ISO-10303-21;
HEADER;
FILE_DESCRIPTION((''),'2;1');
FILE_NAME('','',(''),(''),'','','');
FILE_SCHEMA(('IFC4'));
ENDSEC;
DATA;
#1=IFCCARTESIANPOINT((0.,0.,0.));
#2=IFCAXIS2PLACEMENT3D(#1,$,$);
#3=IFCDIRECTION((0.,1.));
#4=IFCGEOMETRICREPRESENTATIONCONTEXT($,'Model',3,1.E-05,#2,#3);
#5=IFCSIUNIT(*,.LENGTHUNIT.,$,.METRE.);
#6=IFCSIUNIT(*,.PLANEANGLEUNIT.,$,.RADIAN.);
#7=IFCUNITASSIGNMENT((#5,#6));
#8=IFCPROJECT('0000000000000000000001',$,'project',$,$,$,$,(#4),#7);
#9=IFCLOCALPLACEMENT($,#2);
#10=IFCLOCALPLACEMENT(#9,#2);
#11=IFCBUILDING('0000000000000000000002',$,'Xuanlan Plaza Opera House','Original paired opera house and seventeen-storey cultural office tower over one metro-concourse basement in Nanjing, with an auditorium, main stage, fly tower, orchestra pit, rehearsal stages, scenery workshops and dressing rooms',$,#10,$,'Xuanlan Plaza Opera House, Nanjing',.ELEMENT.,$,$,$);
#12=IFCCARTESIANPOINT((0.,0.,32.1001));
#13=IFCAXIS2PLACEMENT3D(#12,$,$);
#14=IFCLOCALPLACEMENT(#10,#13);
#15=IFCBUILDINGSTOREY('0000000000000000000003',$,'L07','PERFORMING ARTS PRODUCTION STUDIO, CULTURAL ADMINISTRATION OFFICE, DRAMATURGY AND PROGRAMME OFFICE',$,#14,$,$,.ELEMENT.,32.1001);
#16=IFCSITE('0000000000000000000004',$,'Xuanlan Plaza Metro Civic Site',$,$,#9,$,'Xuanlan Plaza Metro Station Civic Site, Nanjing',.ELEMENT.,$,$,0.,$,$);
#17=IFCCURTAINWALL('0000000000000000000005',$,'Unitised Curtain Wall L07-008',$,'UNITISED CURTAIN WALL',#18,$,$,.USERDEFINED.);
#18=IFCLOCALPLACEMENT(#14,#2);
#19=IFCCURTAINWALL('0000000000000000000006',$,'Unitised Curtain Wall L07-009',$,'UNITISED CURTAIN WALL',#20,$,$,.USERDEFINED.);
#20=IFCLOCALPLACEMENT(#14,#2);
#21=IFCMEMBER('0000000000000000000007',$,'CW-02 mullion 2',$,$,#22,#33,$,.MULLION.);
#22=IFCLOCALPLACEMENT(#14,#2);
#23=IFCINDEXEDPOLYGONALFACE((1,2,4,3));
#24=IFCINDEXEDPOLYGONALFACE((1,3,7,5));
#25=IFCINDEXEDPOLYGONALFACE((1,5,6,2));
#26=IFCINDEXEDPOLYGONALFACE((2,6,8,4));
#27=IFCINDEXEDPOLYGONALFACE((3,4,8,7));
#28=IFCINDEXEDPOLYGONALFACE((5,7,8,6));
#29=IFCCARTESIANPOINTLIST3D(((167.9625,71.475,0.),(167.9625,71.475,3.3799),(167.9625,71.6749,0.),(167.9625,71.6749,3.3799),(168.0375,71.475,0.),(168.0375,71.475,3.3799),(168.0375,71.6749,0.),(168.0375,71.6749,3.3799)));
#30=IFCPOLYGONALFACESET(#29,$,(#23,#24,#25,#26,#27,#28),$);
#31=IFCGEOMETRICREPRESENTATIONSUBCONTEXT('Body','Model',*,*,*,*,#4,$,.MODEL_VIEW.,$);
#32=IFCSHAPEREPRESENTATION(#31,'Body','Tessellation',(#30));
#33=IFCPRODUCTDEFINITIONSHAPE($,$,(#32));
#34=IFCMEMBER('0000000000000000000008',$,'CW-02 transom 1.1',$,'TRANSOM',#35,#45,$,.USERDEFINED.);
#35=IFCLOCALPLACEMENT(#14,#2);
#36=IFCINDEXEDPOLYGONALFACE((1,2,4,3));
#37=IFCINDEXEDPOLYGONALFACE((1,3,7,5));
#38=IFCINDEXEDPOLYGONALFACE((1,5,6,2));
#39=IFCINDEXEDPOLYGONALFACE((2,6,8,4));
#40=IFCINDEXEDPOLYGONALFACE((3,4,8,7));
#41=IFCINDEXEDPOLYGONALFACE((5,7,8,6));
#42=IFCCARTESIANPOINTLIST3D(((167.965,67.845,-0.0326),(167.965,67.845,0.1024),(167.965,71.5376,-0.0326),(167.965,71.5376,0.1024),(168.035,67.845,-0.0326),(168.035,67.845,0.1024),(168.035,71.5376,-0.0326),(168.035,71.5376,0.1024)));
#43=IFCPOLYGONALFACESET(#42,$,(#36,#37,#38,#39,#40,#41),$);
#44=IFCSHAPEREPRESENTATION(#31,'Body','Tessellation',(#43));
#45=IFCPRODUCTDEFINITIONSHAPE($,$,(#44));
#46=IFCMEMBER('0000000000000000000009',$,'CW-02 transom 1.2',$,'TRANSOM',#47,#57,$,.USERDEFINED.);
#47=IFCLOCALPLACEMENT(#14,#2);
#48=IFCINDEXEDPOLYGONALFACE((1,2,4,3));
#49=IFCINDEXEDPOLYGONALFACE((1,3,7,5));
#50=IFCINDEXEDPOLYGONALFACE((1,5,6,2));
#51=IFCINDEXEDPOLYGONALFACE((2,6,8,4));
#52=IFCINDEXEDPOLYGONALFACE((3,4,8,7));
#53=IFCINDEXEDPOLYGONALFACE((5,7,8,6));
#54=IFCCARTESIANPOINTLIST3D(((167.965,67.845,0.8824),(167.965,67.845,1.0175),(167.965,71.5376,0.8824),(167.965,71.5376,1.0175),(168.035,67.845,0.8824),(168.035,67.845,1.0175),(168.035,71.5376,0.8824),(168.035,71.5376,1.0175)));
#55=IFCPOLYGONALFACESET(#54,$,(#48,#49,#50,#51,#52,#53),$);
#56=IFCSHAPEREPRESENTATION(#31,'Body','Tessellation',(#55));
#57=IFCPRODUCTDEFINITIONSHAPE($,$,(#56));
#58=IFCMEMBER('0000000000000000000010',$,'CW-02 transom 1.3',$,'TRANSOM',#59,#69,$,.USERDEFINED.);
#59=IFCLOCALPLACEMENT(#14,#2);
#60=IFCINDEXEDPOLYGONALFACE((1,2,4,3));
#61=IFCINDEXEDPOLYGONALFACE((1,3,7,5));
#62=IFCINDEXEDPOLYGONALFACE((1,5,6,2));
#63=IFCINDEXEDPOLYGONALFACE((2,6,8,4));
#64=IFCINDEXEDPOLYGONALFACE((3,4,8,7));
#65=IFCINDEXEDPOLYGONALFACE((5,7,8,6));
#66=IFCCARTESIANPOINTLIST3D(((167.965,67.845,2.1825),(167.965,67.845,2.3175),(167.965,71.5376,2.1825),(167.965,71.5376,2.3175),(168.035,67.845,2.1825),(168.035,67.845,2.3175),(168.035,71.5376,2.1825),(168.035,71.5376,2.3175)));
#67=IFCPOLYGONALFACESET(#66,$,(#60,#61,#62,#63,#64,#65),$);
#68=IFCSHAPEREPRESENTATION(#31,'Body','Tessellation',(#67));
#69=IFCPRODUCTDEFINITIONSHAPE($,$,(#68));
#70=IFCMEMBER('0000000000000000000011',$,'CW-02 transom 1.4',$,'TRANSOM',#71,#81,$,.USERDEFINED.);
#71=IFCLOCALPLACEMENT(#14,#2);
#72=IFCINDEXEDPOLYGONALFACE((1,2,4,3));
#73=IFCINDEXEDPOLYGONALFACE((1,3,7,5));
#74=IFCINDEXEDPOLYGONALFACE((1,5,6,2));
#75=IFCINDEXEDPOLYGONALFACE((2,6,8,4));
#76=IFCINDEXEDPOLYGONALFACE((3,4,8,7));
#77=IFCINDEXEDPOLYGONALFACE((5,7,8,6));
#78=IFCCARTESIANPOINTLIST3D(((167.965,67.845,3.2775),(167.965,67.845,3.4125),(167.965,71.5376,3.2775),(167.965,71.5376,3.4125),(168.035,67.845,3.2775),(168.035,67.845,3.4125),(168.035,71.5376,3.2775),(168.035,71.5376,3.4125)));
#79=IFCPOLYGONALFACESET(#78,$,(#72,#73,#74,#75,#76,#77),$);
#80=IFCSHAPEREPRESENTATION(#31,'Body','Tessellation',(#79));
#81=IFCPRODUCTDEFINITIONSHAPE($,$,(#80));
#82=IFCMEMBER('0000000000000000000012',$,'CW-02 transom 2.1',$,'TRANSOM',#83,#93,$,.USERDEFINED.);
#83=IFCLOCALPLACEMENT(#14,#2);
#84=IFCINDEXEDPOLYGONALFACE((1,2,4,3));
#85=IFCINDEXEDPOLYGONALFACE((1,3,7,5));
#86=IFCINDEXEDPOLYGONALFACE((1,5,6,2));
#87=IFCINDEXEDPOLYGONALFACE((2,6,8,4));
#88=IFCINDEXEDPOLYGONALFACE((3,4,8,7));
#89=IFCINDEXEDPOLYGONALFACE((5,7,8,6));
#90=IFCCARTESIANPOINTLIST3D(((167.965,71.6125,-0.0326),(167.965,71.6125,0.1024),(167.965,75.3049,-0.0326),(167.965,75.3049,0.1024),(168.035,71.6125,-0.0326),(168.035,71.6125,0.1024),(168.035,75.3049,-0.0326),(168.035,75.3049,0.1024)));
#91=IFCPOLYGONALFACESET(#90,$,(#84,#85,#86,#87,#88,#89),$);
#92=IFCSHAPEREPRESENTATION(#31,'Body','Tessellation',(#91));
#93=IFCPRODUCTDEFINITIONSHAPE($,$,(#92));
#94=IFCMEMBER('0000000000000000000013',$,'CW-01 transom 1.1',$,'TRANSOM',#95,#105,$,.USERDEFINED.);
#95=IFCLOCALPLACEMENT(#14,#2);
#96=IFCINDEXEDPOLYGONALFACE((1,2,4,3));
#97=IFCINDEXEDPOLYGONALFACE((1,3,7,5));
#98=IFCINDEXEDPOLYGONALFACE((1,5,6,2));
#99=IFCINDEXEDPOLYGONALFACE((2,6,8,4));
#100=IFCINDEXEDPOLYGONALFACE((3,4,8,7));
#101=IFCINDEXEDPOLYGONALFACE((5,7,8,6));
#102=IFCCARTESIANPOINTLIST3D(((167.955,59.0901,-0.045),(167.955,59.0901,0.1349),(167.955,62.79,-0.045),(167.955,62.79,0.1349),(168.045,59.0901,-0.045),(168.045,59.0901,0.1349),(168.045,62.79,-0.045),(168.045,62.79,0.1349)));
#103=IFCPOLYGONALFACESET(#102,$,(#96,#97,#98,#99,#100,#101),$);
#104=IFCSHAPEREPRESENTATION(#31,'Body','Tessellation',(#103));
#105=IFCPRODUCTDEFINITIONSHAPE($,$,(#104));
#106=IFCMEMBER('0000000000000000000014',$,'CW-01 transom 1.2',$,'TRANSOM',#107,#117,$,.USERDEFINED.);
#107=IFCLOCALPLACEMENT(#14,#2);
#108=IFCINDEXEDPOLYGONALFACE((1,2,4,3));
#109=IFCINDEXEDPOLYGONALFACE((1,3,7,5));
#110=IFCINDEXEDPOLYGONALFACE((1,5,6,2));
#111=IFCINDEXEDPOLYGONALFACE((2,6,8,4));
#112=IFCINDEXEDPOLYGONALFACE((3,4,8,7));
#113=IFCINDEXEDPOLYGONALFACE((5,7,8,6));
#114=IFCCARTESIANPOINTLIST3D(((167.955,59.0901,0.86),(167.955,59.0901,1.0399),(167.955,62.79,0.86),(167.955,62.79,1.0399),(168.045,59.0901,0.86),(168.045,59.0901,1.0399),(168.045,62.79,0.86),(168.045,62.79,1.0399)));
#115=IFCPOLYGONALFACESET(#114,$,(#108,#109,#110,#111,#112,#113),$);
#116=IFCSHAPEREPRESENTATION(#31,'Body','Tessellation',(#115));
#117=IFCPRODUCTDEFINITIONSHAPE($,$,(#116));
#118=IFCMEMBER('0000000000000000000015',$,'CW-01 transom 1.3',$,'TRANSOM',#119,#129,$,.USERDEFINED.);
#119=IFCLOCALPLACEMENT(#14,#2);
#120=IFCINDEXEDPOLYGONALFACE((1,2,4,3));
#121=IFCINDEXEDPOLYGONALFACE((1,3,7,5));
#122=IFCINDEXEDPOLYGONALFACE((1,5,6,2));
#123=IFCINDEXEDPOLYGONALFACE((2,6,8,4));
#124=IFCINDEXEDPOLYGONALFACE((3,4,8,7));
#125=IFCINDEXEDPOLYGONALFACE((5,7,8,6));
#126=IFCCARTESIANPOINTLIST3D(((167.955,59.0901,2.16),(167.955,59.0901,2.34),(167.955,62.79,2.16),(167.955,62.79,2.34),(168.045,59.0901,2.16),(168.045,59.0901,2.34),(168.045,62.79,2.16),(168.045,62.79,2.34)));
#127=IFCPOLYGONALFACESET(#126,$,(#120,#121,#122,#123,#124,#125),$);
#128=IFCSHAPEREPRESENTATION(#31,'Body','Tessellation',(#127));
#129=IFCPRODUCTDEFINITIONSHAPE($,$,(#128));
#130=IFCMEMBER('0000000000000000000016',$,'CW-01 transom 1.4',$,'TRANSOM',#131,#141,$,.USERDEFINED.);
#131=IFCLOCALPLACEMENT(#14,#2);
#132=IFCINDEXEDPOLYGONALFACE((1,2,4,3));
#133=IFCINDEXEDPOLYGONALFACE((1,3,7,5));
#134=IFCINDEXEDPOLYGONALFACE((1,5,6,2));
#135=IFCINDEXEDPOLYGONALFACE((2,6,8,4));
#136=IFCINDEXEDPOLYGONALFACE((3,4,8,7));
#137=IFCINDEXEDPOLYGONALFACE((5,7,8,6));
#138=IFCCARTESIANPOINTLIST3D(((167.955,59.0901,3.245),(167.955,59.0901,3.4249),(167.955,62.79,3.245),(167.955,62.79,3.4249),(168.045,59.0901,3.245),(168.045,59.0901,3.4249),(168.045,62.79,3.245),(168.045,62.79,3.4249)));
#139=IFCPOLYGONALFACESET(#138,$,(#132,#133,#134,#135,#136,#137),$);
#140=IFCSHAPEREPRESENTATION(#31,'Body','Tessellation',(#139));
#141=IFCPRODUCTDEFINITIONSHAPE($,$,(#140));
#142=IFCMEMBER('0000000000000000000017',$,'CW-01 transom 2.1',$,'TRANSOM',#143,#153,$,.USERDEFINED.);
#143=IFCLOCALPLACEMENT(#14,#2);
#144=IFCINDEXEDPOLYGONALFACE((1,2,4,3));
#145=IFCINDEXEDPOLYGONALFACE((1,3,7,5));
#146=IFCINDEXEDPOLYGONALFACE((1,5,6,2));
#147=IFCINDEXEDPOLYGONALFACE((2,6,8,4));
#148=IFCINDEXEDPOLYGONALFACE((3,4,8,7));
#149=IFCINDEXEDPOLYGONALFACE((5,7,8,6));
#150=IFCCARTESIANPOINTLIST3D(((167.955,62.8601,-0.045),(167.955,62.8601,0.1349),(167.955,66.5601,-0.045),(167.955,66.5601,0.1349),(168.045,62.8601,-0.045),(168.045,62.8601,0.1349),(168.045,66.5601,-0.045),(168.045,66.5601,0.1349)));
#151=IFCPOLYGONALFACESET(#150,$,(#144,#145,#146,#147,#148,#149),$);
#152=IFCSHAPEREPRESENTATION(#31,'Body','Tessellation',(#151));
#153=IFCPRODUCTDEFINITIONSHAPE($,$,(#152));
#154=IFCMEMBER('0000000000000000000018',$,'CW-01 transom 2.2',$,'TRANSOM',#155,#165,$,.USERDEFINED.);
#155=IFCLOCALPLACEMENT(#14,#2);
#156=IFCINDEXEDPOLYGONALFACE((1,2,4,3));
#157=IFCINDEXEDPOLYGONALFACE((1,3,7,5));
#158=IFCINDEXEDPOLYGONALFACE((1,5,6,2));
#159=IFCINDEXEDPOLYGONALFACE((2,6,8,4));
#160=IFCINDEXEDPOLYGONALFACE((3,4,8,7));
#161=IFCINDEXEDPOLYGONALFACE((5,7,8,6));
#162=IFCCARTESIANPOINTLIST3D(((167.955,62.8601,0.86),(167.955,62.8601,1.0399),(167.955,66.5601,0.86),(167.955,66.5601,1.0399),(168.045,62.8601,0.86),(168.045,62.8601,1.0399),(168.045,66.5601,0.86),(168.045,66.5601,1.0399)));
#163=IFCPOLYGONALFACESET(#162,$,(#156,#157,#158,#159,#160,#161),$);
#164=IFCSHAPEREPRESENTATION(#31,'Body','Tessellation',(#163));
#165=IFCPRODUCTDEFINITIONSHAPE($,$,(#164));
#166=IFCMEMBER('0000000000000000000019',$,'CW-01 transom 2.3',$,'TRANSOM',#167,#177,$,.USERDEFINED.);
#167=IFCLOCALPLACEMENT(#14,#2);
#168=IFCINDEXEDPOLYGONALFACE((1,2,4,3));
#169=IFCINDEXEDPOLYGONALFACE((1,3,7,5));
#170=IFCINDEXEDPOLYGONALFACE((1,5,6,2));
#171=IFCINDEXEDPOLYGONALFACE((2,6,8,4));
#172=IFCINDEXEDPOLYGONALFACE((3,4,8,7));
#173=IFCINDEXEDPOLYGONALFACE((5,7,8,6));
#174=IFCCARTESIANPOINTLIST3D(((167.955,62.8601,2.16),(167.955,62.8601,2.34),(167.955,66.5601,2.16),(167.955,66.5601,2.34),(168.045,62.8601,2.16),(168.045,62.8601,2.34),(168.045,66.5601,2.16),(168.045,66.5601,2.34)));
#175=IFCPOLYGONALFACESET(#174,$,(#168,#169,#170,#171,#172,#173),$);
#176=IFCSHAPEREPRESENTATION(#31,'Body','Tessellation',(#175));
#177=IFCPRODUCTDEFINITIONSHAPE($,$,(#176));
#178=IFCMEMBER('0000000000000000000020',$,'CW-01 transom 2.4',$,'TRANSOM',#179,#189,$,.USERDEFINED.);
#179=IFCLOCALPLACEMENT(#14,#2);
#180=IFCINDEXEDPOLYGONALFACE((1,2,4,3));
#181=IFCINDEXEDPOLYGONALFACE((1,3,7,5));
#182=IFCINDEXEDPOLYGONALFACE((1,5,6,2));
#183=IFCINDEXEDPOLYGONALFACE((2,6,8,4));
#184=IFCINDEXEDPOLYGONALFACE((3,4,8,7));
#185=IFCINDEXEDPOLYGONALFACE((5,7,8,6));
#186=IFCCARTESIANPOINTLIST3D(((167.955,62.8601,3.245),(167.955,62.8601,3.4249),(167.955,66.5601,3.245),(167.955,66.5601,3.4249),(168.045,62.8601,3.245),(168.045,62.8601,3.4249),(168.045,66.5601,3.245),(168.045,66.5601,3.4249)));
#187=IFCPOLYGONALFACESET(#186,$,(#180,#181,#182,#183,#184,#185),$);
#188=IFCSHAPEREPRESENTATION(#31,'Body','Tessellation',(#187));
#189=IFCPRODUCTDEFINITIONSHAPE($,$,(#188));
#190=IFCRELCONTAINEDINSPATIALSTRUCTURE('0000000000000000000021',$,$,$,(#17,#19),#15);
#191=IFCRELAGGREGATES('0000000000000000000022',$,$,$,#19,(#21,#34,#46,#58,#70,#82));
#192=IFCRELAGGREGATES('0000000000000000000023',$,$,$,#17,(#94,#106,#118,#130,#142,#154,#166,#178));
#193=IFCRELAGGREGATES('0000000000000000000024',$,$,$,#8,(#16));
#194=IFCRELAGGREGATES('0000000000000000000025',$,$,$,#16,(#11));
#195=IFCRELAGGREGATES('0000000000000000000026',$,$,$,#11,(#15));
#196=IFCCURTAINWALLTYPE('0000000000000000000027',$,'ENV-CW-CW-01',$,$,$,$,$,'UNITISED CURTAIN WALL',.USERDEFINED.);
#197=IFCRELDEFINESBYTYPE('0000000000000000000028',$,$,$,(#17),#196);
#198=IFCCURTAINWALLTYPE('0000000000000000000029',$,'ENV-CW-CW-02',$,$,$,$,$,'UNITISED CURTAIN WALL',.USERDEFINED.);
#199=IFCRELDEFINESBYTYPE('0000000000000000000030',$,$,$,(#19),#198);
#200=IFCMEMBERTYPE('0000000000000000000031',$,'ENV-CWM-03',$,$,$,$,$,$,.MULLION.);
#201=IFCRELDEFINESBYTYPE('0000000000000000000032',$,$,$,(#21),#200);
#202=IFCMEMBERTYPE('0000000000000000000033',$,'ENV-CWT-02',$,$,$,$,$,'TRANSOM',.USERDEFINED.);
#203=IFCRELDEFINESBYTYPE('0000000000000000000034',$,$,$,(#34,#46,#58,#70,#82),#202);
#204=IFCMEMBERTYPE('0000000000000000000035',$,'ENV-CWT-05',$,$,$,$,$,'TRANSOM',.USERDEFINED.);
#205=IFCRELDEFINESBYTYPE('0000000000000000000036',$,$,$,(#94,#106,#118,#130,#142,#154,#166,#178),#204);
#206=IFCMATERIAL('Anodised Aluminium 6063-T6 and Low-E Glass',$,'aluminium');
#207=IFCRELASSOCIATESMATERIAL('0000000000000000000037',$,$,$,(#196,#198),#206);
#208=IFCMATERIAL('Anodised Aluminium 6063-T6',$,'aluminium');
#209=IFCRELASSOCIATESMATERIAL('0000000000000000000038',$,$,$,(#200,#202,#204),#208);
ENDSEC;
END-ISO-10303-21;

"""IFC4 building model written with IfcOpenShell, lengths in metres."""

from ifc_helpers import new_model, si_unit, direction, frame, origin, origin_2d, place, context, subcontext, project, spatial, rectangle, extrude, material, material_profile, profile_set, type_object, element, aggregate, save


model = new_model("IFC4")

# Units and contexts
model_context = context("Model", 3, precision=1e-05, world=origin(), true_north=direction((0.0, 1.0)))
body_context = subcontext(model_context, "Body", "Model", "MODEL_VIEW")
ifc_project = project(units=[si_unit("LENGTHUNIT", "METRE"), si_unit("PLANEANGLEUNIT", "RADIAN")], contexts=[model_context])

# Site, building, storey
site_placement = place(None, origin())
site = spatial("IfcSite", under=ifc_project, at=site_placement, Name="Xuanlan Plaza Metro Civic Site", LongName="Xuanlan Plaza Metro Station Civic Site, Nanjing", CompositionType="ELEMENT", RefElevation=0.0)
building_placement = place(site_placement, origin())
building = spatial("IfcBuilding", under=site, at=building_placement, Name="Xuanlan Plaza Opera House", Description="Original paired opera house and seventeen-storey cultural office tower over one metro-concourse basement in Nanjing, with an auditorium, main stage, fly tower, orchestra pit, rehearsal stages, scenery workshops and dressing rooms", LongName="Xuanlan Plaza Opera House, Nanjing", CompositionType="ELEMENT")
storey_placement = place(building_placement, frame((0.0, 0.0, 32.1001)))
storey = spatial("IfcBuildingStorey", under=building, at=storey_placement, Name="L07", Description="PERFORMING ARTS PRODUCTION STUDIO, CULTURAL ADMINISTRATION OFFICE, DRAMATURGY AND PROGRAMME OFFICE", CompositionType="ELEMENT", Elevation=32.1001)

# Shared definitions
ifc_material_1 = material(Name="Anodised Aluminium 6063-T6 and Low-E Glass", Category="aluminium")
ifc_material_2 = material(Name="Anodised Aluminium 6063-T6", Category="aluminium")

# Curtain walls, members
curtain_wall_type_1 = type_object("IfcCurtainWallType", Name="ENV-CW-CW-01", ElementType="UNITISED CURTAIN WALL", PredefinedType="USERDEFINED", material=ifc_material_1)
curtain_wall_1_placement = place(storey_placement, origin())
curtain_wall_1 = element("IfcCurtainWall", 1, at=curtain_wall_1_placement, inside=storey, type_object=curtain_wall_type_1, Name="Unitised Curtain Wall L07-008", ObjectType="UNITISED CURTAIN WALL", PredefinedType="USERDEFINED")
curtain_wall_type_2 = type_object("IfcCurtainWallType", Name="ENV-CW-CW-02", ElementType="UNITISED CURTAIN WALL", PredefinedType="USERDEFINED", material=ifc_material_1)
curtain_wall_2_placement = place(storey_placement, origin())
curtain_wall_2 = element("IfcCurtainWall", 2, at=curtain_wall_2_placement, inside=storey, type_object=curtain_wall_type_2, Name="Unitised Curtain Wall L07-009", ObjectType="UNITISED CURTAIN WALL", PredefinedType="USERDEFINED")
ifc_material_profile_1 = material_profile(ifc_material_2, rectangle(XDim=0.075, YDim=0.2, at=origin_2d()), Name="ALU-M 75x200")
ifc_profile_set_1 = profile_set([ifc_material_profile_1], Name="Anodised Aluminium 6063-T6")
member_type_1 = type_object("IfcMemberType", Name="ENV-CWM-03", PredefinedType="MULLION", material=ifc_profile_set_1)
member_1_placement = place(storey_placement, frame((168.0, 71.575, 0.0), z_axis=(0.0, 0.0, 1.0), x_axis=(-1.0, 0.0, 0.0)))
member_1 = element("IfcMember", 3, at=member_1_placement, type_object=member_type_1, Name="CW-02 mullion 2", PredefinedType="MULLION", context=body_context, shape_type="SweptSolid", body=[
    extrude(rectangle(XDim=0.075, YDim=0.2, at=origin_2d()), origin(), (0.0, 0.0, 1.0), 3.3799),
])
ifc_material_profile_2 = material_profile(ifc_material_2, rectangle(XDim=0.0701, YDim=0.135, at=origin_2d()), Name="ALU-T 70x135")
ifc_profile_set_2 = profile_set([ifc_material_profile_2], Name="Anodised Aluminium 6063-T6")
member_type_2 = type_object("IfcMemberType", Name="ENV-CWT-02", ElementType="TRANSOM", PredefinedType="USERDEFINED", material=ifc_profile_set_2)
member_2_placement = place(storey_placement, frame((168.0, 67.845, 0.0349), z_axis=(0.0, 1.0, 0.0), x_axis=(-1.0, 0.0, 0.0)))
member_2 = element("IfcMember", 4, at=member_2_placement, type_object=member_type_2, Name="CW-02 transom 1.1", ObjectType="TRANSOM", PredefinedType="USERDEFINED", context=body_context, shape_type="SweptSolid", body=[
    extrude(rectangle(XDim=0.0701, YDim=0.135, at=origin_2d()), origin(), (0.0, 0.0, 1.0), 3.6926),
])
member_3_placement = place(storey_placement, frame((168.0, 67.845, 0.95), z_axis=(0.0, 1.0, 0.0), x_axis=(-1.0, 0.0, 0.0)))
member_3 = element("IfcMember", 5, at=member_3_placement, type_object=member_type_2, Name="CW-02 transom 1.2", ObjectType="TRANSOM", PredefinedType="USERDEFINED", context=body_context, shape_type="SweptSolid", body=[
    extrude(rectangle(XDim=0.0701, YDim=0.135, at=origin_2d()), origin(), (0.0, 0.0, 1.0), 3.6926),
])
member_4_placement = place(storey_placement, frame((168.0, 67.845, 2.25), z_axis=(0.0, 1.0, 0.0), x_axis=(-1.0, 0.0, 0.0)))
member_4 = element("IfcMember", 6, at=member_4_placement, type_object=member_type_2, Name="CW-02 transom 1.3", ObjectType="TRANSOM", PredefinedType="USERDEFINED", context=body_context, shape_type="SweptSolid", body=[
    extrude(rectangle(XDim=0.0701, YDim=0.135, at=origin_2d()), origin(), (0.0, 0.0, 1.0), 3.6926),
])
member_5_placement = place(storey_placement, frame((168.0, 67.845, 3.345), z_axis=(0.0, 1.0, 0.0), x_axis=(-1.0, 0.0, 0.0)))
member_5 = element("IfcMember", 7, at=member_5_placement, type_object=member_type_2, Name="CW-02 transom 1.4", ObjectType="TRANSOM", PredefinedType="USERDEFINED", context=body_context, shape_type="SweptSolid", body=[
    extrude(rectangle(XDim=0.0701, YDim=0.135, at=origin_2d()), origin(), (0.0, 0.0, 1.0), 3.6926),
])
member_6_placement = place(storey_placement, frame((168.0, 71.6125, 0.0349), z_axis=(0.0, 1.0, 0.0), x_axis=(-1.0, 0.0, 0.0)))
member_6 = element("IfcMember", 8, at=member_6_placement, type_object=member_type_2, Name="CW-02 transom 2.1", ObjectType="TRANSOM", PredefinedType="USERDEFINED", context=body_context, shape_type="SweptSolid", body=[
    extrude(rectangle(XDim=0.0701, YDim=0.135, at=origin_2d()), origin(), (0.0, 0.0, 1.0), 3.6924),
])

# Members
ifc_material_profile_3 = material_profile(ifc_material_2, rectangle(XDim=0.0901, YDim=0.1799, at=origin_2d()), Name="ALU-T 90x180")
ifc_profile_set_3 = profile_set([ifc_material_profile_3], Name="Anodised Aluminium 6063-T6")
member_type_3 = type_object("IfcMemberType", Name="ENV-CWT-05", ElementType="TRANSOM", PredefinedType="USERDEFINED", material=ifc_profile_set_3)
member_7_placement = place(storey_placement, frame((168.0, 59.0901, 0.0449), z_axis=(0.0, 1.0, 0.0), x_axis=(-1.0, 0.0, 0.0)))
member_7 = element("IfcMember", 9, at=member_7_placement, type_object=member_type_3, Name="CW-01 transom 1.1", ObjectType="TRANSOM", PredefinedType="USERDEFINED", context=body_context, shape_type="SweptSolid", body=[
    extrude(rectangle(XDim=0.0901, YDim=0.1799, at=origin_2d()), origin(), (0.0, 0.0, 1.0), 3.7),
])
member_8_placement = place(storey_placement, frame((168.0, 59.0901, 0.95), z_axis=(0.0, 1.0, 0.0), x_axis=(-1.0, 0.0, 0.0)))
member_8 = element("IfcMember", 10, at=member_8_placement, type_object=member_type_3, Name="CW-01 transom 1.2", ObjectType="TRANSOM", PredefinedType="USERDEFINED", context=body_context, shape_type="SweptSolid", body=[
    extrude(rectangle(XDim=0.0901, YDim=0.1799, at=origin_2d()), origin(), (0.0, 0.0, 1.0), 3.7),
])
member_9_placement = place(storey_placement, frame((168.0, 59.0901, 2.25), z_axis=(0.0, 1.0, 0.0), x_axis=(-1.0, 0.0, 0.0)))
member_9 = element("IfcMember", 11, at=member_9_placement, type_object=member_type_3, Name="CW-01 transom 1.3", ObjectType="TRANSOM", PredefinedType="USERDEFINED", context=body_context, shape_type="SweptSolid", body=[
    extrude(rectangle(XDim=0.0901, YDim=0.1799, at=origin_2d()), origin(), (0.0, 0.0, 1.0), 3.7),
])
member_10_placement = place(storey_placement, frame((168.0, 59.0901, 3.335), z_axis=(0.0, 1.0, 0.0), x_axis=(-1.0, 0.0, 0.0)))
member_10 = element("IfcMember", 12, at=member_10_placement, type_object=member_type_3, Name="CW-01 transom 1.4", ObjectType="TRANSOM", PredefinedType="USERDEFINED", context=body_context, shape_type="SweptSolid", body=[
    extrude(rectangle(XDim=0.0901, YDim=0.1799, at=origin_2d()), origin(), (0.0, 0.0, 1.0), 3.7),
])
member_11_placement = place(storey_placement, frame((168.0, 62.8601, 0.0449), z_axis=(0.0, 1.0, 0.0), x_axis=(-1.0, 0.0, 0.0)))
member_11 = element("IfcMember", 13, at=member_11_placement, type_object=member_type_3, Name="CW-01 transom 2.1", ObjectType="TRANSOM", PredefinedType="USERDEFINED", context=body_context, shape_type="SweptSolid", body=[
    extrude(rectangle(XDim=0.0901, YDim=0.1799, at=origin_2d()), origin(), (0.0, 0.0, 1.0), 3.7),
])
member_12_placement = place(storey_placement, frame((168.0, 62.8601, 0.95), z_axis=(0.0, 1.0, 0.0), x_axis=(-1.0, 0.0, 0.0)))
member_12 = element("IfcMember", 14, at=member_12_placement, type_object=member_type_3, Name="CW-01 transom 2.2", ObjectType="TRANSOM", PredefinedType="USERDEFINED", context=body_context, shape_type="SweptSolid", body=[
    extrude(rectangle(XDim=0.0901, YDim=0.1799, at=origin_2d()), origin(), (0.0, 0.0, 1.0), 3.7),
])
member_13_placement = place(storey_placement, frame((168.0, 62.8601, 2.25), z_axis=(0.0, 1.0, 0.0), x_axis=(-1.0, 0.0, 0.0)))
member_13 = element("IfcMember", 15, at=member_13_placement, type_object=member_type_3, Name="CW-01 transom 2.3", ObjectType="TRANSOM", PredefinedType="USERDEFINED", context=body_context, shape_type="SweptSolid", body=[
    extrude(rectangle(XDim=0.0901, YDim=0.1799, at=origin_2d()), origin(), (0.0, 0.0, 1.0), 3.7),
])
member_14_placement = place(storey_placement, frame((168.0, 62.8601, 3.335), z_axis=(0.0, 1.0, 0.0), x_axis=(-1.0, 0.0, 0.0)))
member_14 = element("IfcMember", 16, at=member_14_placement, type_object=member_type_3, Name="CW-01 transom 2.4", ObjectType="TRANSOM", PredefinedType="USERDEFINED", context=body_context, shape_type="SweptSolid", body=[
    extrude(rectangle(XDim=0.0901, YDim=0.1799, at=origin_2d()), origin(), (0.0, 0.0, 1.0), 3.7),
])

aggregate(curtain_wall_2, [member_1, member_2, member_3, member_4, member_5, member_6])
aggregate(curtain_wall_1, [member_7, member_8, member_9, member_10, member_11, member_12, member_13, member_14])

save(model, "model.ifc")
